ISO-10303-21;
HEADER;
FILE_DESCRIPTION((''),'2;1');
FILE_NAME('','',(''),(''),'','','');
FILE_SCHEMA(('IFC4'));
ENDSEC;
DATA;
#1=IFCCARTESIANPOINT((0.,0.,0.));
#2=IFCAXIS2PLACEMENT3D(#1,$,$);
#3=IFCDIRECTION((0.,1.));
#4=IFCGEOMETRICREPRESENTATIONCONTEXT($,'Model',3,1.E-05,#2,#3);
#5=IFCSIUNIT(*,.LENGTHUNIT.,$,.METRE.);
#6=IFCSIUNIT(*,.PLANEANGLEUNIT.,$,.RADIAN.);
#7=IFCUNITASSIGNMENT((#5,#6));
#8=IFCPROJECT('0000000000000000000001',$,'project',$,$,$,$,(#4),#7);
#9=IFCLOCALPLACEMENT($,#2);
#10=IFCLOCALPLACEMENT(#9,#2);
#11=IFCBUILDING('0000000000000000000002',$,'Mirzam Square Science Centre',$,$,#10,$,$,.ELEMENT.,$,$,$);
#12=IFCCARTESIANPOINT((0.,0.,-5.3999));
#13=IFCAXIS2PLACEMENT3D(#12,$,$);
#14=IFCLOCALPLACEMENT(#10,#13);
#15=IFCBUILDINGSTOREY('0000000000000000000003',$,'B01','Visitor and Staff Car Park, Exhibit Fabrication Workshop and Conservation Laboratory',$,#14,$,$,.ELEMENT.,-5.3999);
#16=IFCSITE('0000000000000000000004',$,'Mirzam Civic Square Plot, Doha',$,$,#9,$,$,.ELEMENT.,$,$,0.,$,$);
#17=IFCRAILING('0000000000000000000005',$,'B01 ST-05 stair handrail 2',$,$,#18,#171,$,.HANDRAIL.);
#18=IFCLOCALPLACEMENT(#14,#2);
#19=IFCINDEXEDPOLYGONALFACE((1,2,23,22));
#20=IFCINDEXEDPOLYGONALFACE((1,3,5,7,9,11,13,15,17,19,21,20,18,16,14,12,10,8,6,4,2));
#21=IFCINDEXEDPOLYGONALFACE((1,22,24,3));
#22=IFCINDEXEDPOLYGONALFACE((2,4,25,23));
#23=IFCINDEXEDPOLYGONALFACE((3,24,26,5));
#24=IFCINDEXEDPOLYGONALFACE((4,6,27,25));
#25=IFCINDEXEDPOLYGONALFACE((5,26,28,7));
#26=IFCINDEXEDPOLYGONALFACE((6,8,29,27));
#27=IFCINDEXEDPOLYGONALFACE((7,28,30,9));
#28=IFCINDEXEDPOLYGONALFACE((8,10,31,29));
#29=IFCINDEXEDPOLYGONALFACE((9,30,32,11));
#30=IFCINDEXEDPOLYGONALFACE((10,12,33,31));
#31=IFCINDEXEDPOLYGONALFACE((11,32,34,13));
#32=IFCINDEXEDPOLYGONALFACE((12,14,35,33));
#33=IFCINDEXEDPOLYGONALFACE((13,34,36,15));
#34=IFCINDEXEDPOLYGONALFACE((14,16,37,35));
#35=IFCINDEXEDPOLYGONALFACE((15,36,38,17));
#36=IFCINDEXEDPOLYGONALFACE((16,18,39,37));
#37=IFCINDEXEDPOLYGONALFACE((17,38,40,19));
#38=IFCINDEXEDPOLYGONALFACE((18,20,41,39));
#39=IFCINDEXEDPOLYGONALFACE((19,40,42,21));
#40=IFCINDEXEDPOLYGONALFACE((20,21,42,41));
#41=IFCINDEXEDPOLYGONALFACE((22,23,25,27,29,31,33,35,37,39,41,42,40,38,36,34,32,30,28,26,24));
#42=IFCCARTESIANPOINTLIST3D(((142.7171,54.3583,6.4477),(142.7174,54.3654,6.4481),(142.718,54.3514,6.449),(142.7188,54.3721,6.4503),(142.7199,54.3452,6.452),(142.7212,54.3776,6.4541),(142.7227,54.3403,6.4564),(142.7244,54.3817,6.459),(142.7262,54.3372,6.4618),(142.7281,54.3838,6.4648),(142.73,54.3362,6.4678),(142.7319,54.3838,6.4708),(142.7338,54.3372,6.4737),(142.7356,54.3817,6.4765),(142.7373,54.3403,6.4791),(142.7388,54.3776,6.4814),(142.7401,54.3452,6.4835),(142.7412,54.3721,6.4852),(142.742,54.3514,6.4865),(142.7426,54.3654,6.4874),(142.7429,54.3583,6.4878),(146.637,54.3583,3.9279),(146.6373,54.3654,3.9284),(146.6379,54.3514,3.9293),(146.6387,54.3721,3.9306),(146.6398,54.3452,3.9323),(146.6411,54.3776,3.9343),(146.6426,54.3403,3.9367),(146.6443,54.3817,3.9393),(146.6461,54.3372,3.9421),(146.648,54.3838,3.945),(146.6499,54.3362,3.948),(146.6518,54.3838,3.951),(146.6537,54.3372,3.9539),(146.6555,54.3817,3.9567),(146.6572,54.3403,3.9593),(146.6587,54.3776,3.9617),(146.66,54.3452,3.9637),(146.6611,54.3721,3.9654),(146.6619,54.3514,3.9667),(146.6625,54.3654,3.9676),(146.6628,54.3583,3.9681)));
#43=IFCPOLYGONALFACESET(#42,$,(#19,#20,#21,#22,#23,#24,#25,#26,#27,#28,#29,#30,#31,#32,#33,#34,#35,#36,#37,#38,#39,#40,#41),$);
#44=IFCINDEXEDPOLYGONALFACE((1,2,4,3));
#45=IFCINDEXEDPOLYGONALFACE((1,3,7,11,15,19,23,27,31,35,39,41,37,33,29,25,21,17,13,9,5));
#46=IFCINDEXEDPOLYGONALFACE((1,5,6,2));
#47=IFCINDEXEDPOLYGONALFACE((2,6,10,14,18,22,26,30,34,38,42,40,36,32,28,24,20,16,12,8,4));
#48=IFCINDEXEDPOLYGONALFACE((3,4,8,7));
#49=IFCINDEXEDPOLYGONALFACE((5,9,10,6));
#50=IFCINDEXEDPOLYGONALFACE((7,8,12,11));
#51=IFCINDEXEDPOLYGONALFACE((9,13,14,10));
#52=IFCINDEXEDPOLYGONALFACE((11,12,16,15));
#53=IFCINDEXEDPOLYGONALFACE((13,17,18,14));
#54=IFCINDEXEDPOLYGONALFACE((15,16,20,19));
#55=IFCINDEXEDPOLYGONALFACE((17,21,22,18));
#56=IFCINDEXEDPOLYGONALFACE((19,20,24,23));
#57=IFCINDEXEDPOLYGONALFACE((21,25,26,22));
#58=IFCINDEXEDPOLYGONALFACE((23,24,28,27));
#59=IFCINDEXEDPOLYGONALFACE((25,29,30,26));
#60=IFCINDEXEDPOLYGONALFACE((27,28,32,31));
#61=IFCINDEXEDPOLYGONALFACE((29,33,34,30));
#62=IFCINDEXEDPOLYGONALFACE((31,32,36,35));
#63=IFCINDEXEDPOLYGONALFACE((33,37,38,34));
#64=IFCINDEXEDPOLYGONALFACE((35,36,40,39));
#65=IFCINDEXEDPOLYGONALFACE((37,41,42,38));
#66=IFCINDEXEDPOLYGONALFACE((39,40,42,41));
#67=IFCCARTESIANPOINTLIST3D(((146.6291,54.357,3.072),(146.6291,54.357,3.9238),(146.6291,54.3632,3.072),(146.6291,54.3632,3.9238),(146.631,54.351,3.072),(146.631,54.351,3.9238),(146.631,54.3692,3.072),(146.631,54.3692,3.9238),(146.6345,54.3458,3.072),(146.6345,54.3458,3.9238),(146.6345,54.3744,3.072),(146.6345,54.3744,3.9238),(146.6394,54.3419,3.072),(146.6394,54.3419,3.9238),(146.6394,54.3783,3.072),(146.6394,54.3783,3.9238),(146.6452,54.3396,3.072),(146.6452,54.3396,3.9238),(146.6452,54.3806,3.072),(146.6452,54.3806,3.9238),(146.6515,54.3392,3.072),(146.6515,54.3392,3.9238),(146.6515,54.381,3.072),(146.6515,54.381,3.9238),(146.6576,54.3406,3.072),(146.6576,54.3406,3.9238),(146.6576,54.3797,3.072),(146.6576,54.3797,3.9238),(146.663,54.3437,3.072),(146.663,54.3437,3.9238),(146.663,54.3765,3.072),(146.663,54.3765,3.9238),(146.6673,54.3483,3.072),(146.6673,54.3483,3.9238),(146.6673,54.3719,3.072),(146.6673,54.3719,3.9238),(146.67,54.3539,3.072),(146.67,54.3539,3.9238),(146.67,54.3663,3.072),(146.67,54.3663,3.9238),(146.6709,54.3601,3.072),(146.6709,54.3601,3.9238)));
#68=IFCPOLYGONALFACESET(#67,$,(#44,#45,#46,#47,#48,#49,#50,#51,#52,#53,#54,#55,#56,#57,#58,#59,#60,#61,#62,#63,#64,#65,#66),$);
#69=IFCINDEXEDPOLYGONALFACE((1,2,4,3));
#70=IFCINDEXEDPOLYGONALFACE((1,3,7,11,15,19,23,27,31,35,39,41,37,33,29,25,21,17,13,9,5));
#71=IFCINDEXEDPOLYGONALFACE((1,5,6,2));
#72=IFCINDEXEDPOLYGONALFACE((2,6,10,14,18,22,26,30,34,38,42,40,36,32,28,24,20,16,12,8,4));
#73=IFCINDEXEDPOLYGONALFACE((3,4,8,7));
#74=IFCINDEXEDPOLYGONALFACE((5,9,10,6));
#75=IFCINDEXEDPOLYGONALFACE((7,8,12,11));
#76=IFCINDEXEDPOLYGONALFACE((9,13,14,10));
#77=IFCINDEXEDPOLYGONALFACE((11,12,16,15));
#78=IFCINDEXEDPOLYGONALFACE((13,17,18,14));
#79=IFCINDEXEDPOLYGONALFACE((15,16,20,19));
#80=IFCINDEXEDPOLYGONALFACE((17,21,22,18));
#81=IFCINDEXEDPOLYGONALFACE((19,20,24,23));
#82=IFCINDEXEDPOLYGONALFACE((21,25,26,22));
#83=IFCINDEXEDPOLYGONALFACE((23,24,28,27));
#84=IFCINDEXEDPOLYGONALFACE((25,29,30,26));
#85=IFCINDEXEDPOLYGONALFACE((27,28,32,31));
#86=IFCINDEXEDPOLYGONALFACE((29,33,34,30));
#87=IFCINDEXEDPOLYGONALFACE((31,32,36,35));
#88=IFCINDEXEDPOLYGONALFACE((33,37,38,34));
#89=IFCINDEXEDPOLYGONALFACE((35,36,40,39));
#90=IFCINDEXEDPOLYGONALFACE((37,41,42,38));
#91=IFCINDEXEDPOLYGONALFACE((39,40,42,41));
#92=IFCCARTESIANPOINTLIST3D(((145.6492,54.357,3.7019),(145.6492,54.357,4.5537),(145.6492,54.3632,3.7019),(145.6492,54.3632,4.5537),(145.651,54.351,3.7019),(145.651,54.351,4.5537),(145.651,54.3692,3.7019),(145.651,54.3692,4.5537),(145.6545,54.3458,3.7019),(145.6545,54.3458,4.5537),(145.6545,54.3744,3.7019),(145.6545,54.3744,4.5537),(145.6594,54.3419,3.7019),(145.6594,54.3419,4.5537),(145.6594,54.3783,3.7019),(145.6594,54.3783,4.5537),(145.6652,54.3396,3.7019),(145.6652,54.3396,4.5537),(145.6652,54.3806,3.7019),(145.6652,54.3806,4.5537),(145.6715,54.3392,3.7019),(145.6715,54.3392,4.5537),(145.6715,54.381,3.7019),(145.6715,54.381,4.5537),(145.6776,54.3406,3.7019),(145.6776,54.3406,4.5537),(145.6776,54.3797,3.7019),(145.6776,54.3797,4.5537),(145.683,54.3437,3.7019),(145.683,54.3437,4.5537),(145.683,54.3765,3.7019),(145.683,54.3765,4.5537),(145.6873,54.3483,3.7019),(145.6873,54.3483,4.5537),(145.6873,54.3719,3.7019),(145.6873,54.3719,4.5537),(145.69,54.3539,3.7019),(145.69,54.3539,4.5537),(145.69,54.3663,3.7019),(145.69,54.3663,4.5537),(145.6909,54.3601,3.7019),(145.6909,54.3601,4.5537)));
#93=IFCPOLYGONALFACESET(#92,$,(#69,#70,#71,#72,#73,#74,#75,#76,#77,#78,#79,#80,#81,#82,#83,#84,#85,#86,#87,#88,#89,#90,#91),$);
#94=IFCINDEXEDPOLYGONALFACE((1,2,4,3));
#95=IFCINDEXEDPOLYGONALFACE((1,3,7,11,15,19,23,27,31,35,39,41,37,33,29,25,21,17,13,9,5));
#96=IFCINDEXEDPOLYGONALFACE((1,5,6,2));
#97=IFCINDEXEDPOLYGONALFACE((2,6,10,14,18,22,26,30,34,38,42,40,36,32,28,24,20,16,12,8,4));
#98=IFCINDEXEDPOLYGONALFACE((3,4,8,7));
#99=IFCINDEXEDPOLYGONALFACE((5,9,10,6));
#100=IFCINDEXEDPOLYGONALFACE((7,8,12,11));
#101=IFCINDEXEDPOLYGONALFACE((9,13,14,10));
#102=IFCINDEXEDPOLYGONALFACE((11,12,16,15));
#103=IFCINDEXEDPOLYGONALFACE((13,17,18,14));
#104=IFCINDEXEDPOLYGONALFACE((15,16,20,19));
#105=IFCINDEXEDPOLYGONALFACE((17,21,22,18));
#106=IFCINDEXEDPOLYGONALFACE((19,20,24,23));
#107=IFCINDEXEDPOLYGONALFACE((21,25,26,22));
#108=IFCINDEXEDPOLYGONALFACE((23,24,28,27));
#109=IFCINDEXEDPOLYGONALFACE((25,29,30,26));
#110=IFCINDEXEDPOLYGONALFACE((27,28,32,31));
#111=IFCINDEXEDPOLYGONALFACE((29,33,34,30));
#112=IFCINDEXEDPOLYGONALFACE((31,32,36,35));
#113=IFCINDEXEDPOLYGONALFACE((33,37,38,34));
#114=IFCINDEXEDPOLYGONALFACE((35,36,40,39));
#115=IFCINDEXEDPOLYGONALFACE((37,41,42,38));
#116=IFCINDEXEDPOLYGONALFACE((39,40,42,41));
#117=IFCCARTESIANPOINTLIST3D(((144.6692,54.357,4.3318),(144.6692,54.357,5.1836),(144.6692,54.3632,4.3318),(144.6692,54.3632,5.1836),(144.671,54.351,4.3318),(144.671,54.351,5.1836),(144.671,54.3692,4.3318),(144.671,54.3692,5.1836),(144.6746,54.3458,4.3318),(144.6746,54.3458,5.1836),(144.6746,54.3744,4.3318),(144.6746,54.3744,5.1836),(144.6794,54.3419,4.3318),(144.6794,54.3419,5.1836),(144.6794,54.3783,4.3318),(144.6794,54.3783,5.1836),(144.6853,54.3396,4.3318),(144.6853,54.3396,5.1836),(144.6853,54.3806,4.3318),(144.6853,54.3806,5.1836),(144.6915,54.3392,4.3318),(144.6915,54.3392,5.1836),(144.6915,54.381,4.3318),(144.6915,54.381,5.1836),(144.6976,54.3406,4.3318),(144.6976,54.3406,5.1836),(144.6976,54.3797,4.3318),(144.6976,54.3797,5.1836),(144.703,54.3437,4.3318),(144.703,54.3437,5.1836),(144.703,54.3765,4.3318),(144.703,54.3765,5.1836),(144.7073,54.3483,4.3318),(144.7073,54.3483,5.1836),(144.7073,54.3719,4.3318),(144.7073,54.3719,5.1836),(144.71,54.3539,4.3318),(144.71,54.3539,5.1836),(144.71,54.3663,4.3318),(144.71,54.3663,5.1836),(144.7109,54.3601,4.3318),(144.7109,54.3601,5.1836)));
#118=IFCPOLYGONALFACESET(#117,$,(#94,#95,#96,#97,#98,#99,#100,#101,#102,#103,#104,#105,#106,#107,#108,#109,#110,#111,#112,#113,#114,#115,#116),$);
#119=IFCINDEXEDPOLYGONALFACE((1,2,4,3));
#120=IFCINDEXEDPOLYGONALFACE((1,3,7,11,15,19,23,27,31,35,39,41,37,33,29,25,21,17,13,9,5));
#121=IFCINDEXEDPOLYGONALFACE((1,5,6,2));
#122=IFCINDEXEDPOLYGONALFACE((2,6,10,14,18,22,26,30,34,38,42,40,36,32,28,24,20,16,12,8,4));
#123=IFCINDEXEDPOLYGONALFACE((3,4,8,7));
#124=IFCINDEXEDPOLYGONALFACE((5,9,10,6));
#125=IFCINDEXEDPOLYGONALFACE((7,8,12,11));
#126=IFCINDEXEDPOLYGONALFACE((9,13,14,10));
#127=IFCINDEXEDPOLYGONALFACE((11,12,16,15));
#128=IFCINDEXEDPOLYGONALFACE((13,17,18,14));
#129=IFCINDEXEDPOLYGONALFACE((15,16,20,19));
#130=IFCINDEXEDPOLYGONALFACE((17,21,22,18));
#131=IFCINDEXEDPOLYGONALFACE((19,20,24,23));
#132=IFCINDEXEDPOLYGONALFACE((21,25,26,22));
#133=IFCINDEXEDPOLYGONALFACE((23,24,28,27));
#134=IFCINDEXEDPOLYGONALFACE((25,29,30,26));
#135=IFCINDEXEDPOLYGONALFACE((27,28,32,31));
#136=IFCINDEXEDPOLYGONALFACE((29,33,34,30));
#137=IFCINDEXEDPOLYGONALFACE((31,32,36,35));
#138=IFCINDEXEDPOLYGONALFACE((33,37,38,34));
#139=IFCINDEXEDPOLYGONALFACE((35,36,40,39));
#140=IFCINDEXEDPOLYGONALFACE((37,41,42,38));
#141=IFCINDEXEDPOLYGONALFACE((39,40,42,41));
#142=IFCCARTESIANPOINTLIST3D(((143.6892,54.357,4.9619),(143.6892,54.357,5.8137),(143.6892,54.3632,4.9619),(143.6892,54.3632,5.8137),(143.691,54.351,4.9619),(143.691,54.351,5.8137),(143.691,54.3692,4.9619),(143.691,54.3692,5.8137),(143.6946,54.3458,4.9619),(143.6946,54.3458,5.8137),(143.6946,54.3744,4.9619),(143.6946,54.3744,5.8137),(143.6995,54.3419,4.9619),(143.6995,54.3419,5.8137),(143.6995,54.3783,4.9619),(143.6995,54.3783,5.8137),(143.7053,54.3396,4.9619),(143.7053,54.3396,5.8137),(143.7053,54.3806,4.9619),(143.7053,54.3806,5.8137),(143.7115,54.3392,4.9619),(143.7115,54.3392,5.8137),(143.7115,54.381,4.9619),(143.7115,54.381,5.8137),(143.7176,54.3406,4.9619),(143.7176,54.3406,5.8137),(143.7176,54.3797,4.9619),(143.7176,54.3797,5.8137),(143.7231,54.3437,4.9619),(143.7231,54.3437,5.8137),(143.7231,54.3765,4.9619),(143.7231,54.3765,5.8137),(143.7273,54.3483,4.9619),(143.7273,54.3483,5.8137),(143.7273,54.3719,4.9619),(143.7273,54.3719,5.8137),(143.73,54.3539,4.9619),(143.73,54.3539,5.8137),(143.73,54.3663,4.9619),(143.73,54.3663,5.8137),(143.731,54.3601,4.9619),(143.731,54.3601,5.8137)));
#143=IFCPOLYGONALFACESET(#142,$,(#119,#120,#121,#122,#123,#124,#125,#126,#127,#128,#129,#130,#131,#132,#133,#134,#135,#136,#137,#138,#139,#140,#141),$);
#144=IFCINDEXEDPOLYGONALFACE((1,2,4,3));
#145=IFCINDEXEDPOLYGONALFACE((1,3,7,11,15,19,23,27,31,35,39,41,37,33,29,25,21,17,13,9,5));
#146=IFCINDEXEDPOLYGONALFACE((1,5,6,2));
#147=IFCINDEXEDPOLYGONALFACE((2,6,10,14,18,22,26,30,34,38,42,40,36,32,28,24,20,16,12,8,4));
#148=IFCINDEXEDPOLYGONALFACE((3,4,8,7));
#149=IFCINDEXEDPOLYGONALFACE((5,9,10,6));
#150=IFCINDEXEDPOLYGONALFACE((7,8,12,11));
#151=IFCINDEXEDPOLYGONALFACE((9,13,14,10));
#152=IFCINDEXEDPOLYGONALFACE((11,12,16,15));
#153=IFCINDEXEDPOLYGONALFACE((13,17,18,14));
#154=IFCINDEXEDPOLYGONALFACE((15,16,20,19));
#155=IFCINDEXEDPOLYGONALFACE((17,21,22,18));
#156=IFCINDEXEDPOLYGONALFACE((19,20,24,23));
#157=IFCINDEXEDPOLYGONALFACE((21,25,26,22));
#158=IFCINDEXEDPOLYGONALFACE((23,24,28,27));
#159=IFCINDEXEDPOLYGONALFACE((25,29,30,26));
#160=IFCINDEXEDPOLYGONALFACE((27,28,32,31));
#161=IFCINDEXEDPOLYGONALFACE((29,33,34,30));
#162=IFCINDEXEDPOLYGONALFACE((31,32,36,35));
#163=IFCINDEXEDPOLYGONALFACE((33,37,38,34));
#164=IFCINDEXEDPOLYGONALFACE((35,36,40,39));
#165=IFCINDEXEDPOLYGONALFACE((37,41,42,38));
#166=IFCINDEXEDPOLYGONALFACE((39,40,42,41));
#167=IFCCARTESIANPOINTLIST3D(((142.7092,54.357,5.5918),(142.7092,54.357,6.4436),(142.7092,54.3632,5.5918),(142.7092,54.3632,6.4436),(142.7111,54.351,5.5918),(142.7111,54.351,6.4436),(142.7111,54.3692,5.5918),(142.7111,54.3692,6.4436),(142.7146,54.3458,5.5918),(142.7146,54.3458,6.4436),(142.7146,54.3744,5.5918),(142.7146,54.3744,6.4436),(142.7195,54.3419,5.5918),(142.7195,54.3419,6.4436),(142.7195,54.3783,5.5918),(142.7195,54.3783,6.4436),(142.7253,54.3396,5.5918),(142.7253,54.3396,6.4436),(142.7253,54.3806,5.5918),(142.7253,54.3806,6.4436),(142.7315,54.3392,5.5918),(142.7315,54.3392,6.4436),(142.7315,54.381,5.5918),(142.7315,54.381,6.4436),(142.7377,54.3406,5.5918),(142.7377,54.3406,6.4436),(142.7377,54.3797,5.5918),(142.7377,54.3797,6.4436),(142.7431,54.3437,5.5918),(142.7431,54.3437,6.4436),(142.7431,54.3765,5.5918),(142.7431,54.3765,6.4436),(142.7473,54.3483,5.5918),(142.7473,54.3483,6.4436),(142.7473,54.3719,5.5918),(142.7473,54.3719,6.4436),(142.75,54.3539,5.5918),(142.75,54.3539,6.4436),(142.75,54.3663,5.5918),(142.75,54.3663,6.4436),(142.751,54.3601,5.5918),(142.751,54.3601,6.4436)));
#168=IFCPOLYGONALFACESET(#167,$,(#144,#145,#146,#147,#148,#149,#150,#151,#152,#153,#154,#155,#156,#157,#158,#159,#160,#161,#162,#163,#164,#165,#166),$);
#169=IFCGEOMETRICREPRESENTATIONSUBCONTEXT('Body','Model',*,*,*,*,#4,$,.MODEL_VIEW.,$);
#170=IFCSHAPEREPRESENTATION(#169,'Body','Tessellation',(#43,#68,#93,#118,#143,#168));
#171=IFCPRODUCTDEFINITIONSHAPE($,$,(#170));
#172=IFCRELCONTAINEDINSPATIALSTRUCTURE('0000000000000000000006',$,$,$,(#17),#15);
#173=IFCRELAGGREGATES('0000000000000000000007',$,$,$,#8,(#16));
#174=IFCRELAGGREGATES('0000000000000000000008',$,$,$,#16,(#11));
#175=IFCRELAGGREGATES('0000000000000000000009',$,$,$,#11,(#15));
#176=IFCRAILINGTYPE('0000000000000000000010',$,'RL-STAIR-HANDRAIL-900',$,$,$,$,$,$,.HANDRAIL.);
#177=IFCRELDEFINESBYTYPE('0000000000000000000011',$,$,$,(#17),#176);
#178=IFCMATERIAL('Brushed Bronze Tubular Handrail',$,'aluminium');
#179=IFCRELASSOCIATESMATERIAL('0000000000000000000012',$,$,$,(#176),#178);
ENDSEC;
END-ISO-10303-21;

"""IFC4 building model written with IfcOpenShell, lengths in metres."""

from ifc_helpers import new_model, si_unit, direction, frame, origin, origin_2d, place, context, subcontext, project, spatial, circle, extrude, material, type_object, element, save


model = new_model("IFC4")

# Units and contexts
model_context = context("Model", 3, precision=1e-05, world=origin(), true_north=direction((0.0, 1.0)))
body_context = subcontext(model_context, "Body", "Model", "MODEL_VIEW")
ifc_project = project(units=[si_unit("LENGTHUNIT", "METRE"), si_unit("PLANEANGLEUNIT", "RADIAN")], contexts=[model_context])

# Site, building, storey
site_placement = place(None, origin())
site = spatial("IfcSite", under=ifc_project, at=site_placement, Name="Mirzam Civic Square Plot, Doha", CompositionType="ELEMENT", RefElevation=0.0)
building_placement = place(site_placement, origin())
building = spatial("IfcBuilding", under=site, at=building_placement, Name="Mirzam Square Science Centre", CompositionType="ELEMENT")
storey_placement = place(building_placement, frame((0.0, 0.0, -5.3999)))
storey = spatial("IfcBuildingStorey", under=building, at=storey_placement, Name="B01", Description="Visitor and Staff Car Park, Exhibit Fabrication Workshop and Conservation Laboratory", CompositionType="ELEMENT", Elevation=-5.3999)

# Railing
ifc_material_1 = material(Name="Brushed Bronze Tubular Handrail", Category="aluminium")
railing_type_1 = type_object("IfcRailingType", Name="RL-STAIR-HANDRAIL-900", PredefinedType="HANDRAIL", material=ifc_material_1)
railing_1_placement = place(storey_placement, frame((146.6499, 54.3601, 3.072)))
element("IfcRailing", 1, at=railing_1_placement, inside=storey, type_object=railing_type_1, Name="B01 ST-05 stair handrail 2", PredefinedType="HANDRAIL", context=body_context, shape_type="SweptSolid", body=[
    extrude(circle(Radius=0.0239, at=origin_2d()), frame((0.0, 0.0, 0.876), z_axis=(-0.841195, 0.0, 0.540731), x_axis=(0.0, -1.0, 0.0)), (0.0, 0.0, 1.0), 4.6599),
    extrude(circle(Radius=0.021, at=origin_2d()), origin(), (0.0, 0.0, 1.0), 0.8518),
    extrude(circle(Radius=0.021, at=origin_2d()), frame((-0.98, 0.0, 0.6299)), (0.0, 0.0, 1.0), 0.8518),
    extrude(circle(Radius=0.021, at=origin_2d()), frame((-1.96, 0.0, 1.2598)), (0.0, 0.0, 1.0), 0.8518),
    extrude(circle(Radius=0.021, at=origin_2d()), frame((-2.9399, 0.0, 1.8899)), (0.0, 0.0, 1.0), 0.8518),
    extrude(circle(Radius=0.021, at=origin_2d()), frame((-3.9199, 0.0, 2.5198)), (0.0, 0.0, 1.0), 0.8518),
])

save(model, "model.ifc")
